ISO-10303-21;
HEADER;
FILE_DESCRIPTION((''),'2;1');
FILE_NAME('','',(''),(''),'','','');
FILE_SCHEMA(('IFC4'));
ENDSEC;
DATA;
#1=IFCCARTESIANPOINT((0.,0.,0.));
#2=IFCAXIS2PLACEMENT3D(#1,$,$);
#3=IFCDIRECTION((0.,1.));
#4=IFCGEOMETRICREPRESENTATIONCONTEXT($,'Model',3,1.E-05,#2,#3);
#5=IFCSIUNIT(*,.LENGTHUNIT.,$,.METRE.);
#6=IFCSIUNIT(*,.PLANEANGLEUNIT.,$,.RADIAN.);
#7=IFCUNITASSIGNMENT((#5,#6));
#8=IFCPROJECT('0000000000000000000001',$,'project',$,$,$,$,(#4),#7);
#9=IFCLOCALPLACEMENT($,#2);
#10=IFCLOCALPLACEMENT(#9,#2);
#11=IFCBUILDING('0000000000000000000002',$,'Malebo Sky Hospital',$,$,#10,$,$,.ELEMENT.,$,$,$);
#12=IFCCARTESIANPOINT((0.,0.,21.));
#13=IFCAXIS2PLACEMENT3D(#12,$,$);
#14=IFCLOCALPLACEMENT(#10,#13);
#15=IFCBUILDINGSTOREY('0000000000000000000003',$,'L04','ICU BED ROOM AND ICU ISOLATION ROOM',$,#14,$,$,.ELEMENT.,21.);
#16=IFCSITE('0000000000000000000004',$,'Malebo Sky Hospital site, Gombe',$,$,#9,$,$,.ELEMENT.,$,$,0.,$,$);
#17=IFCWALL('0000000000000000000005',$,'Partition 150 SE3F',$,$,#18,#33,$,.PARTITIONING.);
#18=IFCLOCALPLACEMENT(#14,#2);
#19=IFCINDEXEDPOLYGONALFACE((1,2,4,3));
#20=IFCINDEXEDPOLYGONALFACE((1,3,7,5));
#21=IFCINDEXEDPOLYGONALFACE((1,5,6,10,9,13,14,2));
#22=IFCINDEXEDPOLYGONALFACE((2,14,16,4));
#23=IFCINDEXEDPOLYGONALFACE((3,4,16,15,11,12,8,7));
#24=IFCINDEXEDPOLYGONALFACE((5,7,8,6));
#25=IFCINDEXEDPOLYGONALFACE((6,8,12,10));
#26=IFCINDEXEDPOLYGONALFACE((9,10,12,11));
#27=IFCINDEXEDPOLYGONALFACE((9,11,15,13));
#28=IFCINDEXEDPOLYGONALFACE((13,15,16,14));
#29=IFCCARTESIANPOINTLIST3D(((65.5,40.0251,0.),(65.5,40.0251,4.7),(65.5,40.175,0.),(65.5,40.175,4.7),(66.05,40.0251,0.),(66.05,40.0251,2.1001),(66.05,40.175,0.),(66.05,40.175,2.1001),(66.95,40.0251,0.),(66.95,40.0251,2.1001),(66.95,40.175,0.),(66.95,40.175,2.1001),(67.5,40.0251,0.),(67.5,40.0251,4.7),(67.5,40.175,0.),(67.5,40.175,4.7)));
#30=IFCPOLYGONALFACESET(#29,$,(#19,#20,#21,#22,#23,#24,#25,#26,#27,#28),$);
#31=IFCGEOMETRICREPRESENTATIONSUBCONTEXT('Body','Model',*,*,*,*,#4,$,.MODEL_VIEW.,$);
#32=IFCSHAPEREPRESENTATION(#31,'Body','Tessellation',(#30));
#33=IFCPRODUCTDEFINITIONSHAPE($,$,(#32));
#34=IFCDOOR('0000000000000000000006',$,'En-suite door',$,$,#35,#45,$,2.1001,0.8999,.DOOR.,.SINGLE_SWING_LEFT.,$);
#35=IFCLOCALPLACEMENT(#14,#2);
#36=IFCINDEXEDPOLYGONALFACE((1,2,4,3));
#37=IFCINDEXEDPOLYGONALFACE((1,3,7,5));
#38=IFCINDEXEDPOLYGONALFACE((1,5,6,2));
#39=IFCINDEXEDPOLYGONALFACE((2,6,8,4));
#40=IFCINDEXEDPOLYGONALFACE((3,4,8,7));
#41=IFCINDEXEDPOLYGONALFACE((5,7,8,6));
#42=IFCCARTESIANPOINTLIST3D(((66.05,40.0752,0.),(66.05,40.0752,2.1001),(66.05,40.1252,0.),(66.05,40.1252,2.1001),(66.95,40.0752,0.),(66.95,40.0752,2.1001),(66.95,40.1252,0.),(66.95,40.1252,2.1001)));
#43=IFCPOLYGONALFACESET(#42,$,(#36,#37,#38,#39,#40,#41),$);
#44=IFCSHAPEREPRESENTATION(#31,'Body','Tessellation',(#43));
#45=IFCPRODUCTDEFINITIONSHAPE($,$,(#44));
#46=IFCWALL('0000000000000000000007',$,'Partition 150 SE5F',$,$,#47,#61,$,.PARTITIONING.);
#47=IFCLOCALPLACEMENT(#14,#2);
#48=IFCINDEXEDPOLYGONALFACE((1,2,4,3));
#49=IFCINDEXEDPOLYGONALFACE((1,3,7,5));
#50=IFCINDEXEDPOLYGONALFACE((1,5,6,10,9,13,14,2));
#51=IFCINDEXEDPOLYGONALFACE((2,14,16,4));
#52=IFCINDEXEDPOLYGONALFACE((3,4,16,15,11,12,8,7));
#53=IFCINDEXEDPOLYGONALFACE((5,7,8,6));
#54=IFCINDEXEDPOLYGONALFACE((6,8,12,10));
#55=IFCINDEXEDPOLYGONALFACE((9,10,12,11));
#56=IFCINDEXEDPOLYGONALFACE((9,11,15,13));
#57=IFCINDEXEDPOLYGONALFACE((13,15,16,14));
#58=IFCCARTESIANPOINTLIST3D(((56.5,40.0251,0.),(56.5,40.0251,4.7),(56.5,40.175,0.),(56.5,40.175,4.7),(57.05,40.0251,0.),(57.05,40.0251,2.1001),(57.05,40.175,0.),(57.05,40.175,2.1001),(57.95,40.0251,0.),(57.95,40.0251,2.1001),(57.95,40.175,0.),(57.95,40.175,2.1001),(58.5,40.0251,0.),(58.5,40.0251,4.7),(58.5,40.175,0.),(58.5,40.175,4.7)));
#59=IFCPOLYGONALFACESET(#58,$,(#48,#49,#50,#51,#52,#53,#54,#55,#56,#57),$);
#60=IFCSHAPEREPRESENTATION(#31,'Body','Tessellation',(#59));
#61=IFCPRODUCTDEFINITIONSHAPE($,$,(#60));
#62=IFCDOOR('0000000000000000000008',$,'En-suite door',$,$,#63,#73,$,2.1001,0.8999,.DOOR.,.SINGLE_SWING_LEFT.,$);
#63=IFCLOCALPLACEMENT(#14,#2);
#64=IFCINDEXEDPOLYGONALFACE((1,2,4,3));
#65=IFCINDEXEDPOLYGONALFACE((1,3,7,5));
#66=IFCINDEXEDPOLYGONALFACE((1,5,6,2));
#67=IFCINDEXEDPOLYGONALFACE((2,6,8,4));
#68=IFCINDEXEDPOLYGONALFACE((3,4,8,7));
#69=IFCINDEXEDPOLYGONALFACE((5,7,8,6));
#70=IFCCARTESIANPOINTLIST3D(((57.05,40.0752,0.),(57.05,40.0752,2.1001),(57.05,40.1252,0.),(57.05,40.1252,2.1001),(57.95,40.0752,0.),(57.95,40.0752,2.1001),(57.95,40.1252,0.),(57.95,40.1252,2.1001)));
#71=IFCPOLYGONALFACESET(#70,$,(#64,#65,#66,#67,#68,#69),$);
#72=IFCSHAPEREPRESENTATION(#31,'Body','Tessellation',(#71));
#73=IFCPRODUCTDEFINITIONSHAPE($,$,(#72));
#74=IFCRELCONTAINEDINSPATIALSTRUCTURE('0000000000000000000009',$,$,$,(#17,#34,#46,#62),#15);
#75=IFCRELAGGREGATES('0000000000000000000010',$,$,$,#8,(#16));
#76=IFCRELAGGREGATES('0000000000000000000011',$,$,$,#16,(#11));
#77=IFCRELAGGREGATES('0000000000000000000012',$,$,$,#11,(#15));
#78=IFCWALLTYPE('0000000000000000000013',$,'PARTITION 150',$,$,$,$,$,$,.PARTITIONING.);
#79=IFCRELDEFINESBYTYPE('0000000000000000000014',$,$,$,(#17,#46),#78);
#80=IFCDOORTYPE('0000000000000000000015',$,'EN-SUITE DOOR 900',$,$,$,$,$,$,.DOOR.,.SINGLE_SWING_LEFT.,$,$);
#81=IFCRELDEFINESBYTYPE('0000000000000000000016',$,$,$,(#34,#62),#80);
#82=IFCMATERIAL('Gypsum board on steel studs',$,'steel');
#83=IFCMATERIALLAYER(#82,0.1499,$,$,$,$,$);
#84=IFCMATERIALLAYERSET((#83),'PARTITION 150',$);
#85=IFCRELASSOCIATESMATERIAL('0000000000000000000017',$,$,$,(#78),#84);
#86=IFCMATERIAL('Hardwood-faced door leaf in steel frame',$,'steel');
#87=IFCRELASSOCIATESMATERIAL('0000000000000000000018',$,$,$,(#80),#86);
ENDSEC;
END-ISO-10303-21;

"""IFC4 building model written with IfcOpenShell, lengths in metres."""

from ifc_helpers import new_model, si_unit, direction, frame, frame_2d, origin, place, context, subcontext, project, spatial, rectangle, extrude, material, layer, layer_set, type_object, element, fill, save


model = new_model("IFC4")

# Units and contexts
model_context = context("Model", 3, precision=1e-05, world=origin(), true_north=direction((0.0, 1.0)))
body_context = subcontext(model_context, "Body", "Model", "MODEL_VIEW")
ifc_project = project(units=[si_unit("LENGTHUNIT", "METRE"), si_unit("PLANEANGLEUNIT", "RADIAN")], contexts=[model_context])

# Site, building, storey
site_placement = place(None, origin())
site = spatial("IfcSite", under=ifc_project, at=site_placement, Name="Malebo Sky Hospital site, Gombe", CompositionType="ELEMENT", RefElevation=0.0)
building_placement = place(site_placement, origin())
building = spatial("IfcBuilding", under=site, at=building_placement, Name="Malebo Sky Hospital", CompositionType="ELEMENT")
storey_placement = place(building_placement, frame((0.0, 0.0, 21.0)))
storey = spatial("IfcBuildingStorey", under=building, at=storey_placement, Name="L04", Description="ICU BED ROOM AND ICU ISOLATION ROOM", CompositionType="ELEMENT", Elevation=21.0)

# Shared definitions
ifc_material_1 = material(Name="Gypsum board on steel studs", Category="steel")
ifc_layer_1 = layer(ifc_material_1, 0.1499)
ifc_layer_set_1 = layer_set([ifc_layer_1], Name="PARTITION 150")
wall_type = type_object("IfcWallType", Name="PARTITION 150", PredefinedType="PARTITIONING", material=ifc_layer_set_1)

# Walls, openings, doors
wall_1_placement = place(storey_placement, frame((67.5, 40.1001, 0.0), z_axis=(0.0, 0.0, 1.0), x_axis=(-1.0, 0.0, 0.0)))
wall_1 = element("IfcWall", 1, at=wall_1_placement, inside=storey, type_object=wall_type, Name="Partition 150 SE3F", PredefinedType="PARTITIONING", context=body_context, shape_type="SweptSolid", body=[
    extrude(rectangle(XDim=2.0, YDim=0.1499, at=frame_2d((1.0, 0.0))), origin(), (0.0, 0.0, 1.0), 4.7),
])
opening_1_placement = place(wall_1_placement, frame((0.55, 0.0, 0.0)))
opening_1 = element("IfcOpeningElement", 2, at=opening_1_placement, cuts=wall_1, PredefinedType="OPENING", context=body_context, shape_type="SweptSolid", body=[
    extrude(rectangle(XDim=0.8999, YDim=2.1001, at=frame_2d((0.45, 1.05))), frame((0.0, 0.085, 0.0), z_axis=(0.0, -1.0, 0.0), x_axis=(1.0, 0.0, 0.0)), (0.0, 0.0, 1.0), 0.1699),
])
ifc_material_2 = material(Name="Hardwood-faced door leaf in steel frame", Category="steel")
door_type = type_object("IfcDoorType", Name="EN-SUITE DOOR 900", OperationType="SINGLE_SWING_LEFT", PredefinedType="DOOR", material=ifc_material_2)
door_1_placement = place(opening_1_placement, origin())
door_1 = element("IfcDoor", 3, at=door_1_placement, inside=storey, type_object=door_type, Name="En-suite door", OperationType="SINGLE_SWING_LEFT", OverallHeight=2.1001, OverallWidth=0.8999, PredefinedType="DOOR", context=body_context, shape_type="SweptSolid", body=[
    extrude(rectangle(XDim=0.8999, YDim=2.1001, at=frame_2d((0.45, 1.05))), frame((0.0, 0.0249, 0.0), z_axis=(0.0, -1.0, 0.0), x_axis=(1.0, 0.0, 0.0)), (0.0, 0.0, 1.0), 0.05),
])
fill(opening_1, door_1)
wall_2_placement = place(storey_placement, frame((58.5, 40.1001, 0.0), z_axis=(0.0, 0.0, 1.0), x_axis=(-1.0, 0.0, 0.0)))
wall_2 = element("IfcWall", 4, at=wall_2_placement, inside=storey, type_object=wall_type, Name="Partition 150 SE5F", PredefinedType="PARTITIONING", context=body_context, shape_type="SweptSolid", body=[
    extrude(rectangle(XDim=2.0, YDim=0.1499, at=frame_2d((1.0, 0.0))), origin(), (0.0, 0.0, 1.0), 4.7),
])
opening_2_placement = place(wall_2_placement, frame((0.55, 0.0, 0.0)))
opening_2 = element("IfcOpeningElement", 5, at=opening_2_placement, cuts=wall_2, PredefinedType="OPENING", context=body_context, shape_type="SweptSolid", body=[
    extrude(rectangle(XDim=0.8999, YDim=2.1001, at=frame_2d((0.45, 1.05))), frame((0.0, 0.085, 0.0), z_axis=(0.0, -1.0, 0.0), x_axis=(1.0, 0.0, 0.0)), (0.0, 0.0, 1.0), 0.1699),
])
door_2_placement = place(opening_2_placement, origin())
door_2 = element("IfcDoor", 6, at=door_2_placement, inside=storey, type_object=door_type, Name="En-suite door", OperationType="SINGLE_SWING_LEFT", OverallHeight=2.1001, OverallWidth=0.8999, PredefinedType="DOOR", context=body_context, shape_type="SweptSolid", body=[
    extrude(rectangle(XDim=0.8999, YDim=2.1001, at=frame_2d((0.45, 1.05))), frame((0.0, 0.0249, 0.0), z_axis=(0.0, -1.0, 0.0), x_axis=(1.0, 0.0, 0.0)), (0.0, 0.0, 1.0), 0.05),
])
fill(opening_2, door_2)

save(model, "model.ifc")
